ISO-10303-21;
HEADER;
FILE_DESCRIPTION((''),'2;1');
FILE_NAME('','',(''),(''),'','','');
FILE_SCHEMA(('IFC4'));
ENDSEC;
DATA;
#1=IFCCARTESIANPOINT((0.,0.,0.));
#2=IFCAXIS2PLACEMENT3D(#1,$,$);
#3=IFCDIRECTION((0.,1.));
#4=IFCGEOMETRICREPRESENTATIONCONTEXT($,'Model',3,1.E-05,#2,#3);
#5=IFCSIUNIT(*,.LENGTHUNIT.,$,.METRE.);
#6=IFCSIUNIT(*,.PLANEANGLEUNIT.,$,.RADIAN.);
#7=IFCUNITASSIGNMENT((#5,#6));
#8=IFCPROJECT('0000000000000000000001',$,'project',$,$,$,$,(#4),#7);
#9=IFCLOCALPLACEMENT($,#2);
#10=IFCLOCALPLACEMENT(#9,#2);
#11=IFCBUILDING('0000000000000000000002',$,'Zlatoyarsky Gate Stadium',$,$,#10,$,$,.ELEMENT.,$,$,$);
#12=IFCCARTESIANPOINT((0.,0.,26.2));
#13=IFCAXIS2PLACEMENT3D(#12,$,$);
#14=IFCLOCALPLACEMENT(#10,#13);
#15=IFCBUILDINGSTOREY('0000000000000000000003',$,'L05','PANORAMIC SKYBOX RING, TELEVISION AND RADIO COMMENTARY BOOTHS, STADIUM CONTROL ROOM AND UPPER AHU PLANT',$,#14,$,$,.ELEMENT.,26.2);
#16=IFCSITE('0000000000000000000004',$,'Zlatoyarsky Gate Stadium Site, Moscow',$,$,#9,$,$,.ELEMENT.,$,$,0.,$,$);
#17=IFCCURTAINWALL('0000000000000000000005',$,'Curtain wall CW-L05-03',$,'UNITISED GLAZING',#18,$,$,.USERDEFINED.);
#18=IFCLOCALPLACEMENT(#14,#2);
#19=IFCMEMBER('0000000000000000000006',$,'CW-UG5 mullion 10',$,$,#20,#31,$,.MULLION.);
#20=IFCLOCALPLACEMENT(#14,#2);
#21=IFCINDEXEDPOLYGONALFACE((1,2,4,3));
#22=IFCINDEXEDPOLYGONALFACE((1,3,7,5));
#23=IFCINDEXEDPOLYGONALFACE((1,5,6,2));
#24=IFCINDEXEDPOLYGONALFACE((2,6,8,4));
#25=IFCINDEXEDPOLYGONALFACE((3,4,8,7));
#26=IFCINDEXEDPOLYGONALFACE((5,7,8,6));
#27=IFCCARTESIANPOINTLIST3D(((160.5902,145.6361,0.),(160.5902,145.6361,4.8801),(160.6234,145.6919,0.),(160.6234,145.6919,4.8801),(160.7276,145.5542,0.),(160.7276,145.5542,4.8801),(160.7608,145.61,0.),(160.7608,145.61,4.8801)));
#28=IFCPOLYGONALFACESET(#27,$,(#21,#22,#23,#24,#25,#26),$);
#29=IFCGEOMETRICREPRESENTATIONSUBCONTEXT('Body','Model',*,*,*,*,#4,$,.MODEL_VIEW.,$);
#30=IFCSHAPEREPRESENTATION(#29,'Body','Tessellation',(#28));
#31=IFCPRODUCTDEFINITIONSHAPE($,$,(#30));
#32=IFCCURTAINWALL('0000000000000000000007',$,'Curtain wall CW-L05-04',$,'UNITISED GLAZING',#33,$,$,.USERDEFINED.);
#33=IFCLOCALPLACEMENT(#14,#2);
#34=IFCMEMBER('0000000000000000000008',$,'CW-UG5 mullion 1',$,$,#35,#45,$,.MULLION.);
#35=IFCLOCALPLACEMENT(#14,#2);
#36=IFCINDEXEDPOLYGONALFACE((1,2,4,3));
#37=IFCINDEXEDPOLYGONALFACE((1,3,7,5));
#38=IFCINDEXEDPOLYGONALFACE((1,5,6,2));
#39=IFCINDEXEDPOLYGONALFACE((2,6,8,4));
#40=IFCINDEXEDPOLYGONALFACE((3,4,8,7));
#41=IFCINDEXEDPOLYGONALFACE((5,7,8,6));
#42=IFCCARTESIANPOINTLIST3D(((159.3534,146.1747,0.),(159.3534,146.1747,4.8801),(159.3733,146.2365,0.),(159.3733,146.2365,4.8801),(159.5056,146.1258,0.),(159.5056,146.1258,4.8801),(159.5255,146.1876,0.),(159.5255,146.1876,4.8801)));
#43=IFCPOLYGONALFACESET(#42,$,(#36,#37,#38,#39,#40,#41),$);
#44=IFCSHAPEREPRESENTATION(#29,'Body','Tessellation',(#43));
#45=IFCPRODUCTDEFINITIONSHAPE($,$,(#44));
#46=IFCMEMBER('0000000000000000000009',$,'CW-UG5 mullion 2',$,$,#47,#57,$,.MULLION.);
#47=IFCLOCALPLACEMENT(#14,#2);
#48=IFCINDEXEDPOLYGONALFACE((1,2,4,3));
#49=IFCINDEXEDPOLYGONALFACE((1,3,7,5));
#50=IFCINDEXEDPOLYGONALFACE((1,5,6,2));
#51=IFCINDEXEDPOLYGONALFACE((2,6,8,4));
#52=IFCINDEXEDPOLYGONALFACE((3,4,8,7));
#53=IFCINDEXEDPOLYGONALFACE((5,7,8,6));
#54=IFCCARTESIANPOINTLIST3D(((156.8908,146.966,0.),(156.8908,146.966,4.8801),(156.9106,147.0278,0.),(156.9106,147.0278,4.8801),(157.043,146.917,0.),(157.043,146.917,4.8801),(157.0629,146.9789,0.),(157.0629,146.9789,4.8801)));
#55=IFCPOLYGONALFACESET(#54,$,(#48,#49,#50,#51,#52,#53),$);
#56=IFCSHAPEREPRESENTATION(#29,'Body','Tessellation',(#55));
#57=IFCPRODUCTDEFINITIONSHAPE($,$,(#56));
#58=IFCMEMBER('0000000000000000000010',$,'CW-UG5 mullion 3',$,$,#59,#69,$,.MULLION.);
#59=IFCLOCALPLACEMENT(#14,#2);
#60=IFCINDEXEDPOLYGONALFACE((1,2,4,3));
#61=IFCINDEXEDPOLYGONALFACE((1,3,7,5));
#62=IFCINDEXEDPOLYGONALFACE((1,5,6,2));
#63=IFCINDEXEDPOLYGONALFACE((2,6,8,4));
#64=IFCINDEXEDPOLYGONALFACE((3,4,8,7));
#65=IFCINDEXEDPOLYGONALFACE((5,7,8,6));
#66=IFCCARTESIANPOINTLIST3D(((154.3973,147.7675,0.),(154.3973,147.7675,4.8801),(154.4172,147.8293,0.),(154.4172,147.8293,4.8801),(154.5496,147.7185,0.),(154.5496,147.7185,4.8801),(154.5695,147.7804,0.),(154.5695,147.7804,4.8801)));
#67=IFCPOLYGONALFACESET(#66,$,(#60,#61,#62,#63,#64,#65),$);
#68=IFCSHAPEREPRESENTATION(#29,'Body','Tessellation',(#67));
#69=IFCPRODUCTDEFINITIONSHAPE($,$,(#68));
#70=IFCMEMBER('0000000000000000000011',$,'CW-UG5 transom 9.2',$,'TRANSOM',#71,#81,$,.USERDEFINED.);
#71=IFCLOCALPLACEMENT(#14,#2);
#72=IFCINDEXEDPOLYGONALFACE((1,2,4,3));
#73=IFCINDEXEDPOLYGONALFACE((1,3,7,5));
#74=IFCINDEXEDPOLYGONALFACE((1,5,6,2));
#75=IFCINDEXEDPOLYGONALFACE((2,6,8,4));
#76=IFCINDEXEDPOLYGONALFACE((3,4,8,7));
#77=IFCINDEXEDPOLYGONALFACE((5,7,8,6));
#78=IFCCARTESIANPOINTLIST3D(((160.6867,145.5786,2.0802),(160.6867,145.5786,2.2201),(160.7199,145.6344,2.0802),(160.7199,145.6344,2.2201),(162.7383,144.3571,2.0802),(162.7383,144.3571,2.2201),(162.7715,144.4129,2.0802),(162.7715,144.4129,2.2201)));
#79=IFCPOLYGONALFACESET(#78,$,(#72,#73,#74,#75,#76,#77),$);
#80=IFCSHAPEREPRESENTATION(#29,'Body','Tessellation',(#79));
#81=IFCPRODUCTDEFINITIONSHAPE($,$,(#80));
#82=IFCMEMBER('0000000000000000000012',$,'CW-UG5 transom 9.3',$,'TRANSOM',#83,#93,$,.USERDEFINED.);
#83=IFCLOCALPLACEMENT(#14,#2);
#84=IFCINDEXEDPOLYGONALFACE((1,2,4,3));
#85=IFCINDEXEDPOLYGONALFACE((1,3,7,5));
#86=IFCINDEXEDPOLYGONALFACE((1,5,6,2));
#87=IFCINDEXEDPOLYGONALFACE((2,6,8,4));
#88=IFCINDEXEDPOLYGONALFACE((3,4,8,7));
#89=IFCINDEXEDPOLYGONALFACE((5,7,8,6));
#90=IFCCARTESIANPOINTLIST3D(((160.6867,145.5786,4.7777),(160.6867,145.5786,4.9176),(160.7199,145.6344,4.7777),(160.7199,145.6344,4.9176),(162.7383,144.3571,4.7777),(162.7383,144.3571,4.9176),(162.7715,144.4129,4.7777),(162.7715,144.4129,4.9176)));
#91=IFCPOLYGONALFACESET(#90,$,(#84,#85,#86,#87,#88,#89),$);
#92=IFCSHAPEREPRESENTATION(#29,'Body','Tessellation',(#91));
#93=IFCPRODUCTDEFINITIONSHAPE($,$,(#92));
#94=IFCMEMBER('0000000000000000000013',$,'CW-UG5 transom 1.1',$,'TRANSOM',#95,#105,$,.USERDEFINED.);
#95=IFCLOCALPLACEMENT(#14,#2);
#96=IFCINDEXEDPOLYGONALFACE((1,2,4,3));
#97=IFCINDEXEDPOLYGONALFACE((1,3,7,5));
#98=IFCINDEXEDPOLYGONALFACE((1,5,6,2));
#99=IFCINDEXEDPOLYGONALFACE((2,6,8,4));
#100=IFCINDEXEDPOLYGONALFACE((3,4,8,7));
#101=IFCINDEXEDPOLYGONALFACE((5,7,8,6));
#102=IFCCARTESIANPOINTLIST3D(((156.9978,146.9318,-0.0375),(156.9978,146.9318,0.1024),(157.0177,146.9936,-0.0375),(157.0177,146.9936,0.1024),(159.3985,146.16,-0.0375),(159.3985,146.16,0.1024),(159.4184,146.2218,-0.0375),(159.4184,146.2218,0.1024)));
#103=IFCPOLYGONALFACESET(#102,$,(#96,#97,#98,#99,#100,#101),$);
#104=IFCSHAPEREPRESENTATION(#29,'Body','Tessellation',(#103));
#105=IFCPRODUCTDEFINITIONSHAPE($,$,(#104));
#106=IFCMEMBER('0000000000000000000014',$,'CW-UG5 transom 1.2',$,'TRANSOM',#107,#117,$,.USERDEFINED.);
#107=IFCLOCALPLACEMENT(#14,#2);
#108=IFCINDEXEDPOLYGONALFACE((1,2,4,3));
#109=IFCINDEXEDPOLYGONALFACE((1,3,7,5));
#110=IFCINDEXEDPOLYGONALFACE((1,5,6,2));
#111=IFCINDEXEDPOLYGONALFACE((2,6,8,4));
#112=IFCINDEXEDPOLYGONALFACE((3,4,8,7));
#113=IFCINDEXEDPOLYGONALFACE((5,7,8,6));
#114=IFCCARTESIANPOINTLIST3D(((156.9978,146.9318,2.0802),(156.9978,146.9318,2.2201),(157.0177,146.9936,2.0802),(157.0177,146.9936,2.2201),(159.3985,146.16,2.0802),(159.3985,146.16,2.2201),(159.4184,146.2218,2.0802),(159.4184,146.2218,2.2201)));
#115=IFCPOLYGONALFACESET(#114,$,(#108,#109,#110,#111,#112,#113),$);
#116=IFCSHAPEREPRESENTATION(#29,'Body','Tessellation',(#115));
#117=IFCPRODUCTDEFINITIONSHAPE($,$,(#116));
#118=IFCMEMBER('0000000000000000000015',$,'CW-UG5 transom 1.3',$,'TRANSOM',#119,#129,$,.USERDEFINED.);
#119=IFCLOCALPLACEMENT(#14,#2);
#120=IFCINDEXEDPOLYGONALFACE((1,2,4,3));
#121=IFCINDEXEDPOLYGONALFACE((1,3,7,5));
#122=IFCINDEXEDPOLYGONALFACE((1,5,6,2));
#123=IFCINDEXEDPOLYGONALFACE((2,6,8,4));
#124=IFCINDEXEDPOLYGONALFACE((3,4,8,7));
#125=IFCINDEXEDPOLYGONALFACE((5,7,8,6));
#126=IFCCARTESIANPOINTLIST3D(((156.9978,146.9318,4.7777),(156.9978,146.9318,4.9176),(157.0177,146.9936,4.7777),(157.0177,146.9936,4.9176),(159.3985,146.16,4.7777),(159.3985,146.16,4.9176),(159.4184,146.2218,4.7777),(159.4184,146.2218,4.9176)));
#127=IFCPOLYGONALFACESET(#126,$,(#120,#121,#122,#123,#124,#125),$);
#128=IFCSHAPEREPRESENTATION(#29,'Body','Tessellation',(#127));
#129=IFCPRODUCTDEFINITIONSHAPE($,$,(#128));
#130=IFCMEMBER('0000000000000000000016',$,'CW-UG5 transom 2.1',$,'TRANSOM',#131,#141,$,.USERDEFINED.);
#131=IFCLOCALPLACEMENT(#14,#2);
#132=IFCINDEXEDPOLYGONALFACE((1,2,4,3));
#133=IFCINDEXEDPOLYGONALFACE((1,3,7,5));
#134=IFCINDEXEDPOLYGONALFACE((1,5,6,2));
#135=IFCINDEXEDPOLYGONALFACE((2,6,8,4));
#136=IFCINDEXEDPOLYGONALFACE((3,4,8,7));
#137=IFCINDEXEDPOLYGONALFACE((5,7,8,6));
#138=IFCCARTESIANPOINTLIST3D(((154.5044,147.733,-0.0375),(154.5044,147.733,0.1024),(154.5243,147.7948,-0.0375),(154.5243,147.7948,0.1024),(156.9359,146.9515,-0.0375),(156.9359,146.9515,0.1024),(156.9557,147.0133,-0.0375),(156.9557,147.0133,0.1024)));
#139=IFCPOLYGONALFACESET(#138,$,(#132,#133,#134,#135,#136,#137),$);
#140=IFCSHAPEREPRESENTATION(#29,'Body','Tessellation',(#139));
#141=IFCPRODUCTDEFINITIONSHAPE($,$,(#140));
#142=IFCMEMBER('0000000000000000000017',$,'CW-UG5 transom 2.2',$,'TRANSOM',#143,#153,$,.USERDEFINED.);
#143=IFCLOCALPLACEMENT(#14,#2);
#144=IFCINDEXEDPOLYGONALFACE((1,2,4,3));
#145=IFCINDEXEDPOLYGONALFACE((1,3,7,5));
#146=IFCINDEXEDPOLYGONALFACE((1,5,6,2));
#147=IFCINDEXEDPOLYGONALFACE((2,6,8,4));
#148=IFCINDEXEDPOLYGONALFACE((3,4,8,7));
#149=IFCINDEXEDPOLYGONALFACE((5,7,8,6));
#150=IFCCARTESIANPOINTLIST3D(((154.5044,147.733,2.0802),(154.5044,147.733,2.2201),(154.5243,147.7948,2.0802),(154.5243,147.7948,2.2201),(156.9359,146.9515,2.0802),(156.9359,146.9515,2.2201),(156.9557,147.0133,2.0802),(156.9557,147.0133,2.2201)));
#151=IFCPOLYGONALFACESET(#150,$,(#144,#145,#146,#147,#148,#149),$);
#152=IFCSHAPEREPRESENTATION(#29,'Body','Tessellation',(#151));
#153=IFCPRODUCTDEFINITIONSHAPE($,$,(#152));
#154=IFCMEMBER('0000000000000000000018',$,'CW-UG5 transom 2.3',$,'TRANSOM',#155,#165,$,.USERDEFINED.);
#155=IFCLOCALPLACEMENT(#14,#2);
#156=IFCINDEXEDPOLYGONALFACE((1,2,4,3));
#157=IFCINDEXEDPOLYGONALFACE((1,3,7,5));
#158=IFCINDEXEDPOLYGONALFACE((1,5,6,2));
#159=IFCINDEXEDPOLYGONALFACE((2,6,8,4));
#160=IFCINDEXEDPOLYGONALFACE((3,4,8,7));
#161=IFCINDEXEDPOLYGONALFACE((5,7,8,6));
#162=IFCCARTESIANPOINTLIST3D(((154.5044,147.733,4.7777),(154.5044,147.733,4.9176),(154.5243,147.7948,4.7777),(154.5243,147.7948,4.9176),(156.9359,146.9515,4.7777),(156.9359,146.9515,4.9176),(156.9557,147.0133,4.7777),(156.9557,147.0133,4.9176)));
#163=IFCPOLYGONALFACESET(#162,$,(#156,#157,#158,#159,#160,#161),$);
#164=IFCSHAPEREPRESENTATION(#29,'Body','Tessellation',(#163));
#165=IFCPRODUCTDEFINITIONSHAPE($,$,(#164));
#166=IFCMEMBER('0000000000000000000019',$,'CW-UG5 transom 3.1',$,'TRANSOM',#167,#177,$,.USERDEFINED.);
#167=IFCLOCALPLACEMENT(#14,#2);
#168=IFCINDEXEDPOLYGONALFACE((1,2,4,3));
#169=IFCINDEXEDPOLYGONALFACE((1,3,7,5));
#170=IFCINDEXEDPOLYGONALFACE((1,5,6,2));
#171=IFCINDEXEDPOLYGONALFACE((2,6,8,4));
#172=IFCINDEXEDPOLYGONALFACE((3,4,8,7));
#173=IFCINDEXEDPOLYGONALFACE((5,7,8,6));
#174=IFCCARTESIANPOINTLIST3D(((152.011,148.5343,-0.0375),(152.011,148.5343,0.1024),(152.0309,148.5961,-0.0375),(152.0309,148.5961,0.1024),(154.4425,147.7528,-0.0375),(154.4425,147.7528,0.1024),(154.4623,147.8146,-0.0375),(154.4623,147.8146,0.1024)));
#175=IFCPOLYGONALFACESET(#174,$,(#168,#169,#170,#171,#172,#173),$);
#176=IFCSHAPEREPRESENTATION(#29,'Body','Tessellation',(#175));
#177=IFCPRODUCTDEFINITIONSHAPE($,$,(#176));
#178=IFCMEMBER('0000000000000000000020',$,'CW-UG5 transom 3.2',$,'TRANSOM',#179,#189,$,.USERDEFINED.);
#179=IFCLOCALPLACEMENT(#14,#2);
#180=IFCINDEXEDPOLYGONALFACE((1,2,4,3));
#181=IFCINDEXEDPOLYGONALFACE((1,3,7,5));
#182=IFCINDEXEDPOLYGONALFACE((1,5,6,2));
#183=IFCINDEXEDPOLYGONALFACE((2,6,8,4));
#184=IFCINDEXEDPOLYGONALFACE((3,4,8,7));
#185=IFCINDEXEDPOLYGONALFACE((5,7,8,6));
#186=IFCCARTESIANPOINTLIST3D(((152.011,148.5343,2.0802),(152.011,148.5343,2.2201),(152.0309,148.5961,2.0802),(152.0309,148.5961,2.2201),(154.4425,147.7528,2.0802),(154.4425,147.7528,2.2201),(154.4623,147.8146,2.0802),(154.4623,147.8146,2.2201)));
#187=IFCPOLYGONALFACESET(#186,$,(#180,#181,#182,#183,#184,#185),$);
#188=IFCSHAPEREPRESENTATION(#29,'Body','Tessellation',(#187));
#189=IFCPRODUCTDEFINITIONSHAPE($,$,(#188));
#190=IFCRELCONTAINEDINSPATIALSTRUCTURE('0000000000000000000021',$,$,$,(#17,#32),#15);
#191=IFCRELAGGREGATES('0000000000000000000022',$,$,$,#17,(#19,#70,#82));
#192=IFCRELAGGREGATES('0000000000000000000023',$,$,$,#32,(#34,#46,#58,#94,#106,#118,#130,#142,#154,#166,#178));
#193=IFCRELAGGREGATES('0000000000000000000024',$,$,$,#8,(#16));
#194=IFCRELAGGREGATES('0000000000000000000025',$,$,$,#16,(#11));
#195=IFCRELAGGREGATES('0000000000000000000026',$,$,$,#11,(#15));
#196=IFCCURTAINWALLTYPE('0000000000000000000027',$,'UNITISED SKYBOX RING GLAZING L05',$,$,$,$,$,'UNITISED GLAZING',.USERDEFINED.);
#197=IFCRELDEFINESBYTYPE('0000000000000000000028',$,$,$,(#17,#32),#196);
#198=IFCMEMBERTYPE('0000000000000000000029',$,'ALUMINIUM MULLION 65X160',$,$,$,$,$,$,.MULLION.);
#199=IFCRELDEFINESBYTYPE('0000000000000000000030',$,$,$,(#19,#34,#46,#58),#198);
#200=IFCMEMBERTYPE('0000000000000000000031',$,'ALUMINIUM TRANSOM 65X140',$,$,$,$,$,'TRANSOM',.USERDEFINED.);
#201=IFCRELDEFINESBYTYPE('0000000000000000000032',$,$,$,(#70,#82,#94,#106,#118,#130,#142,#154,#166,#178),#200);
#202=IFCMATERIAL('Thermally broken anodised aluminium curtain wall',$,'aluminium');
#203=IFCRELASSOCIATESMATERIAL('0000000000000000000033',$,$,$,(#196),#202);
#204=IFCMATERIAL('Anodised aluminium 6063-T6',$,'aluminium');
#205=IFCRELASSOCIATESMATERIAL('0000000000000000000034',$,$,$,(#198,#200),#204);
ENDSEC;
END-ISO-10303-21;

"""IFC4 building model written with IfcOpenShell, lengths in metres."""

from ifc_helpers import new_model, si_unit, direction, frame, origin, origin_2d, place, context, subcontext, project, spatial, rectangle, extrude, material, material_profile, profile_set, type_object, element, aggregate, save


model = new_model("IFC4")

# Units and contexts
model_context = context("Model", 3, precision=1e-05, world=origin(), true_north=direction((0.0, 1.0)))
body_context = subcontext(model_context, "Body", "Model", "MODEL_VIEW")
ifc_project = project(units=[si_unit("LENGTHUNIT", "METRE"), si_unit("PLANEANGLEUNIT", "RADIAN")], contexts=[model_context])

# Site, building, storey
site_placement = place(None, origin())
site = spatial("IfcSite", under=ifc_project, at=site_placement, Name="Zlatoyarsky Gate Stadium Site, Moscow", CompositionType="ELEMENT", RefElevation=0.0)
building_placement = place(site_placement, origin())
building = spatial("IfcBuilding", under=site, at=building_placement, Name="Zlatoyarsky Gate Stadium", CompositionType="ELEMENT")
storey_placement = place(building_placement, frame((0.0, 0.0, 26.2)))
storey = spatial("IfcBuildingStorey", under=building, at=storey_placement, Name="L05", Description="PANORAMIC SKYBOX RING, TELEVISION AND RADIO COMMENTARY BOOTHS, STADIUM CONTROL ROOM AND UPPER AHU PLANT", CompositionType="ELEMENT", Elevation=26.2)

# Curtain wall, member
ifc_material_1 = material(Name="Thermally broken anodised aluminium curtain wall", Category="aluminium")
curtain_wall_type = type_object("IfcCurtainWallType", Name="UNITISED SKYBOX RING GLAZING L05", ElementType="UNITISED GLAZING", PredefinedType="USERDEFINED", material=ifc_material_1)
curtain_wall_1_placement = place(storey_placement, origin())
curtain_wall_1 = element("IfcCurtainWall", 1, at=curtain_wall_1_placement, inside=storey, type_object=curtain_wall_type, Name="Curtain wall CW-L05-03", ObjectType="UNITISED GLAZING", PredefinedType="USERDEFINED")
ifc_material_2 = material(Name="Anodised aluminium 6063-T6", Category="aluminium")
ifc_material_profile_1 = material_profile(ifc_material_2, rectangle(XDim=0.0649, YDim=0.1599, at=origin_2d()), Name="ALU 65X160")
ifc_profile_set_1 = profile_set([ifc_material_profile_1], Name="Anodised aluminium 6063-T6")
member_type_1 = type_object("IfcMemberType", Name="ALUMINIUM MULLION 65X160", PredefinedType="MULLION", material=ifc_profile_set_1)
member_1_placement = place(storey_placement, frame((160.6755, 145.623, 0.0), z_axis=(0.0, 0.0, 1.0), x_axis=(-0.511577, -0.859237, 0.0)))
member_1 = element("IfcMember", 2, at=member_1_placement, type_object=member_type_1, Name="CW-UG5 mullion 10", PredefinedType="MULLION", context=body_context, shape_type="SweptSolid", body=[
    extrude(rectangle(XDim=0.0649, YDim=0.1599, at=origin_2d()), origin(), (0.0, 0.0, 1.0), 4.8801),
])

# Curtain wall, members
curtain_wall_2_placement = place(storey_placement, origin())
curtain_wall_2 = element("IfcCurtainWall", 3, at=curtain_wall_2_placement, inside=storey, type_object=curtain_wall_type, Name="Curtain wall CW-L05-04", ObjectType="UNITISED GLAZING", PredefinedType="USERDEFINED")
member_2_placement = place(storey_placement, frame((159.4395, 146.1812, 0.0), z_axis=(0.0, 0.0, 1.0), x_axis=(-0.305978, -0.952039, 0.0)))
member_2 = element("IfcMember", 4, at=member_2_placement, type_object=member_type_1, Name="CW-UG5 mullion 1", PredefinedType="MULLION", context=body_context, shape_type="SweptSolid", body=[
    extrude(rectangle(XDim=0.0649, YDim=0.1599, at=origin_2d()), origin(), (0.0, 0.0, 1.0), 4.8801),
])
member_3_placement = place(storey_placement, frame((156.9768, 146.9724, 0.0), z_axis=(0.0, 0.0, 1.0), x_axis=(-0.305978, -0.952039, 0.0)))
member_3 = element("IfcMember", 5, at=member_3_placement, type_object=member_type_1, Name="CW-UG5 mullion 2", PredefinedType="MULLION", context=body_context, shape_type="SweptSolid", body=[
    extrude(rectangle(XDim=0.0649, YDim=0.1599, at=origin_2d()), origin(), (0.0, 0.0, 1.0), 4.8801),
])
member_4_placement = place(storey_placement, frame((154.4834, 147.7739, 0.0), z_axis=(0.0, 0.0, 1.0), x_axis=(-0.305978, -0.952039, 0.0)))
member_4 = element("IfcMember", 6, at=member_4_placement, type_object=member_type_1, Name="CW-UG5 mullion 3", PredefinedType="MULLION", context=body_context, shape_type="SweptSolid", body=[
    extrude(rectangle(XDim=0.0649, YDim=0.1599, at=origin_2d()), origin(), (0.0, 0.0, 1.0), 4.8801),
])

# Members
ifc_material_profile_2 = material_profile(ifc_material_2, rectangle(XDim=0.0649, YDim=0.1399, at=origin_2d()), Name="ALU 65X140")
ifc_profile_set_2 = profile_set([ifc_material_profile_2], Name="Anodised aluminium 6063-T6")
member_type_2 = type_object("IfcMemberType", Name="ALUMINIUM TRANSOM 65X140", ElementType="TRANSOM", PredefinedType="USERDEFINED", material=ifc_profile_set_2)
member_5_placement = place(storey_placement, frame((162.7549, 144.385, 2.1501), z_axis=(-0.859238, 0.511576, 0.0), x_axis=(-0.511576, -0.859238, 0.0)))
member_5 = element("IfcMember", 7, at=member_5_placement, type_object=member_type_2, Name="CW-UG5 transom 9.2", ObjectType="TRANSOM", PredefinedType="USERDEFINED", context=body_context, shape_type="SweptSolid", body=[
    extrude(rectangle(XDim=0.0649, YDim=0.1399, at=origin_2d()), origin(), (0.0, 0.0, 1.0), 2.3877),
])
member_6_placement = place(storey_placement, frame((162.7549, 144.385, 4.8477), z_axis=(-0.859238, 0.511576, 0.0), x_axis=(-0.511576, -0.859238, 0.0)))
member_6 = element("IfcMember", 8, at=member_6_placement, type_object=member_type_2, Name="CW-UG5 transom 9.3", ObjectType="TRANSOM", PredefinedType="USERDEFINED", context=body_context, shape_type="SweptSolid", body=[
    extrude(rectangle(XDim=0.0649, YDim=0.1399, at=origin_2d()), origin(), (0.0, 0.0, 1.0), 2.3877),
])
member_7_placement = place(storey_placement, frame((159.4084, 146.1909, 0.0325), z_axis=(-0.952017, 0.306044, 0.0), x_axis=(-0.306044, -0.952017, 0.0)))
member_7 = element("IfcMember", 9, at=member_7_placement, type_object=member_type_2, Name="CW-UG5 transom 1.1", ObjectType="TRANSOM", PredefinedType="USERDEFINED", context=body_context, shape_type="SweptSolid", body=[
    extrude(rectangle(XDim=0.0649, YDim=0.1399, at=origin_2d()), origin(), (0.0, 0.0, 1.0), 2.5217),
])
member_8_placement = place(storey_placement, frame((159.4084, 146.1909, 2.1501), z_axis=(-0.952017, 0.306044, 0.0), x_axis=(-0.306044, -0.952017, 0.0)))
member_8 = element("IfcMember", 10, at=member_8_placement, type_object=member_type_2, Name="CW-UG5 transom 1.2", ObjectType="TRANSOM", PredefinedType="USERDEFINED", context=body_context, shape_type="SweptSolid", body=[
    extrude(rectangle(XDim=0.0649, YDim=0.1399, at=origin_2d()), origin(), (0.0, 0.0, 1.0), 2.5217),
])
member_9_placement = place(storey_placement, frame((159.4084, 146.1909, 4.8477), z_axis=(-0.952017, 0.306044, 0.0), x_axis=(-0.306044, -0.952017, 0.0)))
member_9 = element("IfcMember", 11, at=member_9_placement, type_object=member_type_2, Name="CW-UG5 transom 1.3", ObjectType="TRANSOM", PredefinedType="USERDEFINED", context=body_context, shape_type="SweptSolid", body=[
    extrude(rectangle(XDim=0.0649, YDim=0.1399, at=origin_2d()), origin(), (0.0, 0.0, 1.0), 2.5217),
])
member_10_placement = place(storey_placement, frame((156.9458, 146.9824, 0.0325), z_axis=(-0.952032, 0.306, 0.0), x_axis=(-0.306, -0.952032, 0.0)))
member_10 = element("IfcMember", 12, at=member_10_placement, type_object=member_type_2, Name="CW-UG5 transom 2.1", ObjectType="TRANSOM", PredefinedType="USERDEFINED", context=body_context, shape_type="SweptSolid", body=[
    extrude(rectangle(XDim=0.0649, YDim=0.1399, at=origin_2d()), origin(), (0.0, 0.0, 1.0), 2.554),
])
member_11_placement = place(storey_placement, frame((156.9458, 146.9824, 2.1501), z_axis=(-0.952032, 0.306, 0.0), x_axis=(-0.306, -0.952032, 0.0)))
member_11 = element("IfcMember", 13, at=member_11_placement, type_object=member_type_2, Name="CW-UG5 transom 2.2", ObjectType="TRANSOM", PredefinedType="USERDEFINED", context=body_context, shape_type="SweptSolid", body=[
    extrude(rectangle(XDim=0.0649, YDim=0.1399, at=origin_2d()), origin(), (0.0, 0.0, 1.0), 2.554),
])
member_12_placement = place(storey_placement, frame((156.9458, 146.9824, 4.8477), z_axis=(-0.952032, 0.306, 0.0), x_axis=(-0.306, -0.952032, 0.0)))
member_12 = element("IfcMember", 14, at=member_12_placement, type_object=member_type_2, Name="CW-UG5 transom 2.3", ObjectType="TRANSOM", PredefinedType="USERDEFINED", context=body_context, shape_type="SweptSolid", body=[
    extrude(rectangle(XDim=0.0649, YDim=0.1399, at=origin_2d()), origin(), (0.0, 0.0, 1.0), 2.554),
])
member_13_placement = place(storey_placement, frame((154.4524, 147.7837, 0.0325), z_axis=(-0.952032, 0.306, 0.0), x_axis=(-0.306, -0.952032, 0.0)))
member_13 = element("IfcMember", 15, at=member_13_placement, type_object=member_type_2, Name="CW-UG5 transom 3.1", ObjectType="TRANSOM", PredefinedType="USERDEFINED", context=body_context, shape_type="SweptSolid", body=[
    extrude(rectangle(XDim=0.0649, YDim=0.1399, at=origin_2d()), origin(), (0.0, 0.0, 1.0), 2.554),
])
member_14_placement = place(storey_placement, frame((154.4524, 147.7837, 2.1501), z_axis=(-0.952032, 0.306, 0.0), x_axis=(-0.306, -0.952032, 0.0)))
member_14 = element("IfcMember", 16, at=member_14_placement, type_object=member_type_2, Name="CW-UG5 transom 3.2", ObjectType="TRANSOM", PredefinedType="USERDEFINED", context=body_context, shape_type="SweptSolid", body=[
    extrude(rectangle(XDim=0.0649, YDim=0.1399, at=origin_2d()), origin(), (0.0, 0.0, 1.0), 2.554),
])

aggregate(curtain_wall_1, [member_1, member_5, member_6])
aggregate(curtain_wall_2, [member_2, member_3, member_4, member_7, member_8, member_9, member_10, member_11, member_12, member_13, member_14])

save(model, "model.ifc")
